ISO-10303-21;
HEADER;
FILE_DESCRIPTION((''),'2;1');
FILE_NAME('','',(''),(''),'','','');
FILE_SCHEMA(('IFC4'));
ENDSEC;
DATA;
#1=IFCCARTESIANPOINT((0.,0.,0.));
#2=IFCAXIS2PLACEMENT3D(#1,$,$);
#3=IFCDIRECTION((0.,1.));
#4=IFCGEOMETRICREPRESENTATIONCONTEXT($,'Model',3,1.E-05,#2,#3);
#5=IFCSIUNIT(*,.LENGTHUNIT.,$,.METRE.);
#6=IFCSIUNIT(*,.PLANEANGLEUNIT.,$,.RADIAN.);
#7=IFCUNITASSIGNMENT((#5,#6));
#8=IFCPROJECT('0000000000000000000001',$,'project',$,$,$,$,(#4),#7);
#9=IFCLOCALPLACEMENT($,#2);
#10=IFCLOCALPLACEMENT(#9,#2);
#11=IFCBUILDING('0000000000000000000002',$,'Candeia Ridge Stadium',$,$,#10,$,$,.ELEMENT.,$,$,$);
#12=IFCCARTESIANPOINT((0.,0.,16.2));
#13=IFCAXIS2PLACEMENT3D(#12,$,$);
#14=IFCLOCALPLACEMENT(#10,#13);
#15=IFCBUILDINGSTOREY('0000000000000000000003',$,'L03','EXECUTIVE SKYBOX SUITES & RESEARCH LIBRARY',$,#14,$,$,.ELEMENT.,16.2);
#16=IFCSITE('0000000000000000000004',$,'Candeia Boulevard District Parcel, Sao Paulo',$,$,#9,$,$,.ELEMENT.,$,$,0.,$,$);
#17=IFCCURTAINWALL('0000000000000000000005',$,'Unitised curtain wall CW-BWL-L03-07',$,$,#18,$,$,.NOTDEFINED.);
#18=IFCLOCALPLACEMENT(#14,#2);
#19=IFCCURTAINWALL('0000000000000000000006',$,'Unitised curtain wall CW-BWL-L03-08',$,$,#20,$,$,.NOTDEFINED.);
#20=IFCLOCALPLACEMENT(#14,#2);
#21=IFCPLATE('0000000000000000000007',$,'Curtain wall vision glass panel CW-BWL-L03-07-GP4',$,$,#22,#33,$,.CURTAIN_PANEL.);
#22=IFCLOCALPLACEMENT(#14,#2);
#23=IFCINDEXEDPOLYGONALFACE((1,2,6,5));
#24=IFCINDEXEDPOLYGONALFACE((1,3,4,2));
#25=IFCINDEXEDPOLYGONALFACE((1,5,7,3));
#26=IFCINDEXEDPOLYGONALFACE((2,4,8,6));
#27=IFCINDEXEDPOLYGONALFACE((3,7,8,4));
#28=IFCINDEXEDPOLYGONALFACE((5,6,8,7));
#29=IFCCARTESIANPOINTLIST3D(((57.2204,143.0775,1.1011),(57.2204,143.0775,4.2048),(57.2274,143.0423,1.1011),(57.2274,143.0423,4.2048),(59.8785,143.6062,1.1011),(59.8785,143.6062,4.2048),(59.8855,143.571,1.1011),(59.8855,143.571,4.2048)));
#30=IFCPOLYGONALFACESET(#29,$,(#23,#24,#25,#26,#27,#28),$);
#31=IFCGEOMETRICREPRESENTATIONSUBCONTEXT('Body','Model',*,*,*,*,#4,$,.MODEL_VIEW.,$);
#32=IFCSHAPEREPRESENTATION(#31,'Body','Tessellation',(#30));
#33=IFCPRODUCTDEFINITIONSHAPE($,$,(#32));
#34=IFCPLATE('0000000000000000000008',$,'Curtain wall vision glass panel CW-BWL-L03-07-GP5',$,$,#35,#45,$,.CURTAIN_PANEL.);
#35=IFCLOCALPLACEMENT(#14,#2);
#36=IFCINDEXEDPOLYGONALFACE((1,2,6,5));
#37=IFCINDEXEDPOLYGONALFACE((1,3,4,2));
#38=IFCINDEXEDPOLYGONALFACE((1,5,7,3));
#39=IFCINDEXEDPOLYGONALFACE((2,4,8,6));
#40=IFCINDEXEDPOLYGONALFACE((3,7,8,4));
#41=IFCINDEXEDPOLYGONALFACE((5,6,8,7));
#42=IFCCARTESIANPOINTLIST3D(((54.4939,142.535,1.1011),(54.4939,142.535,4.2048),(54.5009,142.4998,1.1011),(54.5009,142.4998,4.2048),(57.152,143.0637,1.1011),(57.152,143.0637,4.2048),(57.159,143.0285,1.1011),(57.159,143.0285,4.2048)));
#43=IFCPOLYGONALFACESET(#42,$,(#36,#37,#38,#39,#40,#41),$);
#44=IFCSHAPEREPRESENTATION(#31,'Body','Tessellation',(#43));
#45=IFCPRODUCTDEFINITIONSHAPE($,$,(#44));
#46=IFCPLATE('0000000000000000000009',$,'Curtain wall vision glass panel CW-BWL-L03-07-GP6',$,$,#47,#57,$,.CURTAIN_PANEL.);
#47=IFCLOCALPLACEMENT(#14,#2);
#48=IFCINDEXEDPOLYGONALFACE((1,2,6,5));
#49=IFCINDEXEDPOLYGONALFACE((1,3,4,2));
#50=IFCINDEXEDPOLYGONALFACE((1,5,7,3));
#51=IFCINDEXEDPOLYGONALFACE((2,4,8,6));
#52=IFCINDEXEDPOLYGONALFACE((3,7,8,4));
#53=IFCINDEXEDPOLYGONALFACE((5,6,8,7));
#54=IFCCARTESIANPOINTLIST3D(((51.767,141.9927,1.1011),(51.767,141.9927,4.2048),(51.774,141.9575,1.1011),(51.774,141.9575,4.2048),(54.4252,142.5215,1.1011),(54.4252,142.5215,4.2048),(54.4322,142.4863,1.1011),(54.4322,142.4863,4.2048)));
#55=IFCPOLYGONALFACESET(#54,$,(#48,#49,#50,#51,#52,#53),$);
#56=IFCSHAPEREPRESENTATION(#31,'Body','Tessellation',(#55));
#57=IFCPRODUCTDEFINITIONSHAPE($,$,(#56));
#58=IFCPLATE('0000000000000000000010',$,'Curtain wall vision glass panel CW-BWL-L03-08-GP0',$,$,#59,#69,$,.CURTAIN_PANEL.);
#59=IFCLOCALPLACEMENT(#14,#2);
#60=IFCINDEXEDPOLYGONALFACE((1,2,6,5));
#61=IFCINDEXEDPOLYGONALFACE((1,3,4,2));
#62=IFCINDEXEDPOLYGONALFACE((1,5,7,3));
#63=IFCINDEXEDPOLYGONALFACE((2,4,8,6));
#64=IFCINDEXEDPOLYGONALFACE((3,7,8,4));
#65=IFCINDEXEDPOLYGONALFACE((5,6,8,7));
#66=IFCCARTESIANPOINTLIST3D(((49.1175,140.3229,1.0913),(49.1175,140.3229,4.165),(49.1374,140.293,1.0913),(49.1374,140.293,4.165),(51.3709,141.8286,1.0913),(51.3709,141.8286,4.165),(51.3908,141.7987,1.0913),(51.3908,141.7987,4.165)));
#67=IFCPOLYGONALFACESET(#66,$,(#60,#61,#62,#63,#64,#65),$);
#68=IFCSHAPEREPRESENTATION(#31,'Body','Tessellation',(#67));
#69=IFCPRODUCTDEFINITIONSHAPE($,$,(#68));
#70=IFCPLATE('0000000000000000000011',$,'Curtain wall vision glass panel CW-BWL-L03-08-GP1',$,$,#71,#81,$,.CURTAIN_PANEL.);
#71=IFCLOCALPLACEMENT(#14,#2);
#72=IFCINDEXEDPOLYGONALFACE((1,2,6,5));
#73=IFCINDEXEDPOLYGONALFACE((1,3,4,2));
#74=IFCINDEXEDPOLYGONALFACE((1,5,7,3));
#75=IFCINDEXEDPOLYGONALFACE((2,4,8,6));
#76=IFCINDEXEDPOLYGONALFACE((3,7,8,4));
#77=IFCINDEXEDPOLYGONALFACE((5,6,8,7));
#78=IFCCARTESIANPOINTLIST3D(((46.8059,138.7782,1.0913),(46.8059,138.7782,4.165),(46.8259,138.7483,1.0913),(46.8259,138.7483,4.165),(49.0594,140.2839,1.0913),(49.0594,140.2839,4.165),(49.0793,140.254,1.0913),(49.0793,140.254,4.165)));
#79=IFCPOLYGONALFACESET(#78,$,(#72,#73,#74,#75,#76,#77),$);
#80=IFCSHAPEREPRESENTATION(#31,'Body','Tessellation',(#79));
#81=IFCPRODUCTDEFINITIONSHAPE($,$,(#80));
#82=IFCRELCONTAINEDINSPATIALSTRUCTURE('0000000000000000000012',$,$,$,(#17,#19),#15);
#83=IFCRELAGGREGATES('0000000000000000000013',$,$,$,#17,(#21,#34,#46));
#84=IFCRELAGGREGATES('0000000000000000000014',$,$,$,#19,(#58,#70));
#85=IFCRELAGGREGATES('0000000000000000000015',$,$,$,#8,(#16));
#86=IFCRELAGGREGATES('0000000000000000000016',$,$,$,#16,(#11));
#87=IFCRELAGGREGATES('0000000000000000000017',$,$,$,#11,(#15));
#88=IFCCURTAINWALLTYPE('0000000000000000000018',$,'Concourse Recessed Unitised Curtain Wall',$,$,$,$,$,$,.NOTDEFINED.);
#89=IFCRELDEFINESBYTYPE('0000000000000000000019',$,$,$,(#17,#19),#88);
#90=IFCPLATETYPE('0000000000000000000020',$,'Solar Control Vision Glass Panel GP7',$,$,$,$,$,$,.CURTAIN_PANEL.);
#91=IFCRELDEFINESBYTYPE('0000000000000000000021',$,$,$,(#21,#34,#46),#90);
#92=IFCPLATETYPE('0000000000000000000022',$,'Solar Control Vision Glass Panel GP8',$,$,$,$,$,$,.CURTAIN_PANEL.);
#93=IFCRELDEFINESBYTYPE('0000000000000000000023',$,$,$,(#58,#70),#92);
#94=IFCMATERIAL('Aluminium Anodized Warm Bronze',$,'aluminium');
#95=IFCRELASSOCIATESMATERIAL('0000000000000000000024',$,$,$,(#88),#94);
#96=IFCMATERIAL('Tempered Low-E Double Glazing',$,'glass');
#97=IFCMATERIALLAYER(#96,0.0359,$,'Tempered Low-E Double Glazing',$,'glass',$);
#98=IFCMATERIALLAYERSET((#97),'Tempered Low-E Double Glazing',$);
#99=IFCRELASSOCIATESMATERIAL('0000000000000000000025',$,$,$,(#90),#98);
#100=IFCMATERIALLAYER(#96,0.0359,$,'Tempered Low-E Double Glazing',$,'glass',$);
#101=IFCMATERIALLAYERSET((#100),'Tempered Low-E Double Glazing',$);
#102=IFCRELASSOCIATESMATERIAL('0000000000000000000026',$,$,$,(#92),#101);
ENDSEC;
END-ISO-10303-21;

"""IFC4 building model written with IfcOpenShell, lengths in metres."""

from ifc_helpers import new_model, si_unit, direction, frame, origin, origin_2d, place, context, subcontext, project, spatial, rectangle, extrude, material, layer, layer_set, type_object, element, aggregate, save


model = new_model("IFC4")

# Units and contexts
model_context = context("Model", 3, precision=1e-05, world=origin(), true_north=direction((0.0, 1.0)))
body_context = subcontext(model_context, "Body", "Model", "MODEL_VIEW")
ifc_project = project(units=[si_unit("LENGTHUNIT", "METRE"), si_unit("PLANEANGLEUNIT", "RADIAN")], contexts=[model_context])

# Site, building, storey
site_placement = place(None, origin())
site = spatial("IfcSite", under=ifc_project, at=site_placement, Name="Candeia Boulevard District Parcel, Sao Paulo", CompositionType="ELEMENT", RefElevation=0.0)
building_placement = place(site_placement, origin())
building = spatial("IfcBuilding", under=site, at=building_placement, Name="Candeia Ridge Stadium", CompositionType="ELEMENT")
storey_placement = place(building_placement, frame((0.0, 0.0, 16.2)))
storey = spatial("IfcBuildingStorey", under=building, at=storey_placement, Name="L03", Description="EXECUTIVE SKYBOX SUITES & RESEARCH LIBRARY", CompositionType="ELEMENT", Elevation=16.2)

# Curtain walls
ifc_material_1 = material(Name="Aluminium Anodized Warm Bronze", Category="aluminium")
curtain_wall_type = type_object("IfcCurtainWallType", Name="Concourse Recessed Unitised Curtain Wall", PredefinedType="NOTDEFINED", material=ifc_material_1)
curtain_wall_1_placement = place(storey_placement, origin())
curtain_wall_1 = element("IfcCurtainWall", 1, at=curtain_wall_1_placement, inside=storey, type_object=curtain_wall_type, Name="Unitised curtain wall CW-BWL-L03-07", PredefinedType="NOTDEFINED")
curtain_wall_2_placement = place(storey_placement, origin())
curtain_wall_2 = element("IfcCurtainWall", 2, at=curtain_wall_2_placement, inside=storey, type_object=curtain_wall_type, Name="Unitised curtain wall CW-BWL-L03-08", PredefinedType="NOTDEFINED")

# Plates
ifc_material_2 = material(Name="Tempered Low-E Double Glazing", Category="glass")
ifc_layer_1 = layer(ifc_material_2, 0.0359, Name="Tempered Low-E Double Glazing", Category="glass")
ifc_layer_set_1 = layer_set([ifc_layer_1], Name="Tempered Low-E Double Glazing")
plate_type_1 = type_object("IfcPlateType", Name="Solar Control Vision Glass Panel GP7", PredefinedType="CURTAIN_PANEL", material=ifc_layer_set_1)
plate_1_placement = place(storey_placement, frame((58.553, 143.3242, 1.1011), z_axis=(0.0, 0.0, 1.0), x_axis=(-0.980785, -0.19509, 0.0)))
plate_1 = element("IfcPlate", 3, at=plate_1_placement, type_object=plate_type_1, Name="Curtain wall vision glass panel CW-BWL-L03-07-GP4", PredefinedType="CURTAIN_PANEL", context=body_context, shape_type="SweptSolid", body=[
    extrude(rectangle(XDim=2.7102, YDim=0.0359, at=origin_2d()), origin(), (0.0, 0.0, 1.0), 3.1038),
])
plate_2_placement = place(storey_placement, frame((55.8264, 142.7817, 1.1011), z_axis=(0.0, 0.0, 1.0), x_axis=(-0.980785, -0.19509, 0.0)))
plate_2 = element("IfcPlate", 4, at=plate_2_placement, type_object=plate_type_1, Name="Curtain wall vision glass panel CW-BWL-L03-07-GP5", PredefinedType="CURTAIN_PANEL", context=body_context, shape_type="SweptSolid", body=[
    extrude(rectangle(XDim=2.7102, YDim=0.0359, at=origin_2d()), origin(), (0.0, 0.0, 1.0), 3.1038),
])
plate_3_placement = place(storey_placement, frame((53.0996, 142.2395, 1.1011), z_axis=(0.0, 0.0, 1.0), x_axis=(-0.980785, -0.19509, 0.0)))
plate_3 = element("IfcPlate", 5, at=plate_3_placement, type_object=plate_type_1, Name="Curtain wall vision glass panel CW-BWL-L03-07-GP6", PredefinedType="CURTAIN_PANEL", context=body_context, shape_type="SweptSolid", body=[
    extrude(rectangle(XDim=2.7102, YDim=0.0359, at=origin_2d()), origin(), (0.0, 0.0, 1.0), 3.1038),
])
aggregate(curtain_wall_1, [plate_1, plate_2, plate_3])
ifc_layer_2 = layer(ifc_material_2, 0.0359, Name="Tempered Low-E Double Glazing", Category="glass")
ifc_layer_set_2 = layer_set([ifc_layer_2], Name="Tempered Low-E Double Glazing")
plate_type_2 = type_object("IfcPlateType", Name="Solar Control Vision Glass Panel GP8", PredefinedType="CURTAIN_PANEL", material=ifc_layer_set_2)
plate_4_placement = place(storey_placement, frame((50.2542, 141.0608, 1.0913), z_axis=(0.0, 0.0, 1.0), x_axis=(-0.831469, -0.555571, 0.0)))
plate_4 = element("IfcPlate", 6, at=plate_4_placement, type_object=plate_type_2, Name="Curtain wall vision glass panel CW-BWL-L03-08-GP0", PredefinedType="CURTAIN_PANEL", context=body_context, shape_type="SweptSolid", body=[
    extrude(rectangle(XDim=2.7102, YDim=0.0359, at=origin_2d()), origin(), (0.0, 0.0, 1.0), 3.0737),
])
plate_5_placement = place(storey_placement, frame((47.9426, 139.5161, 1.0913), z_axis=(0.0, 0.0, 1.0), x_axis=(-0.831469, -0.555571, 0.0)))
plate_5 = element("IfcPlate", 7, at=plate_5_placement, type_object=plate_type_2, Name="Curtain wall vision glass panel CW-BWL-L03-08-GP1", PredefinedType="CURTAIN_PANEL", context=body_context, shape_type="SweptSolid", body=[
    extrude(rectangle(XDim=2.7102, YDim=0.0359, at=origin_2d()), origin(), (0.0, 0.0, 1.0), 3.0737),
])
aggregate(curtain_wall_2, [plate_4, plate_5])

save(model, "model.ifc")
